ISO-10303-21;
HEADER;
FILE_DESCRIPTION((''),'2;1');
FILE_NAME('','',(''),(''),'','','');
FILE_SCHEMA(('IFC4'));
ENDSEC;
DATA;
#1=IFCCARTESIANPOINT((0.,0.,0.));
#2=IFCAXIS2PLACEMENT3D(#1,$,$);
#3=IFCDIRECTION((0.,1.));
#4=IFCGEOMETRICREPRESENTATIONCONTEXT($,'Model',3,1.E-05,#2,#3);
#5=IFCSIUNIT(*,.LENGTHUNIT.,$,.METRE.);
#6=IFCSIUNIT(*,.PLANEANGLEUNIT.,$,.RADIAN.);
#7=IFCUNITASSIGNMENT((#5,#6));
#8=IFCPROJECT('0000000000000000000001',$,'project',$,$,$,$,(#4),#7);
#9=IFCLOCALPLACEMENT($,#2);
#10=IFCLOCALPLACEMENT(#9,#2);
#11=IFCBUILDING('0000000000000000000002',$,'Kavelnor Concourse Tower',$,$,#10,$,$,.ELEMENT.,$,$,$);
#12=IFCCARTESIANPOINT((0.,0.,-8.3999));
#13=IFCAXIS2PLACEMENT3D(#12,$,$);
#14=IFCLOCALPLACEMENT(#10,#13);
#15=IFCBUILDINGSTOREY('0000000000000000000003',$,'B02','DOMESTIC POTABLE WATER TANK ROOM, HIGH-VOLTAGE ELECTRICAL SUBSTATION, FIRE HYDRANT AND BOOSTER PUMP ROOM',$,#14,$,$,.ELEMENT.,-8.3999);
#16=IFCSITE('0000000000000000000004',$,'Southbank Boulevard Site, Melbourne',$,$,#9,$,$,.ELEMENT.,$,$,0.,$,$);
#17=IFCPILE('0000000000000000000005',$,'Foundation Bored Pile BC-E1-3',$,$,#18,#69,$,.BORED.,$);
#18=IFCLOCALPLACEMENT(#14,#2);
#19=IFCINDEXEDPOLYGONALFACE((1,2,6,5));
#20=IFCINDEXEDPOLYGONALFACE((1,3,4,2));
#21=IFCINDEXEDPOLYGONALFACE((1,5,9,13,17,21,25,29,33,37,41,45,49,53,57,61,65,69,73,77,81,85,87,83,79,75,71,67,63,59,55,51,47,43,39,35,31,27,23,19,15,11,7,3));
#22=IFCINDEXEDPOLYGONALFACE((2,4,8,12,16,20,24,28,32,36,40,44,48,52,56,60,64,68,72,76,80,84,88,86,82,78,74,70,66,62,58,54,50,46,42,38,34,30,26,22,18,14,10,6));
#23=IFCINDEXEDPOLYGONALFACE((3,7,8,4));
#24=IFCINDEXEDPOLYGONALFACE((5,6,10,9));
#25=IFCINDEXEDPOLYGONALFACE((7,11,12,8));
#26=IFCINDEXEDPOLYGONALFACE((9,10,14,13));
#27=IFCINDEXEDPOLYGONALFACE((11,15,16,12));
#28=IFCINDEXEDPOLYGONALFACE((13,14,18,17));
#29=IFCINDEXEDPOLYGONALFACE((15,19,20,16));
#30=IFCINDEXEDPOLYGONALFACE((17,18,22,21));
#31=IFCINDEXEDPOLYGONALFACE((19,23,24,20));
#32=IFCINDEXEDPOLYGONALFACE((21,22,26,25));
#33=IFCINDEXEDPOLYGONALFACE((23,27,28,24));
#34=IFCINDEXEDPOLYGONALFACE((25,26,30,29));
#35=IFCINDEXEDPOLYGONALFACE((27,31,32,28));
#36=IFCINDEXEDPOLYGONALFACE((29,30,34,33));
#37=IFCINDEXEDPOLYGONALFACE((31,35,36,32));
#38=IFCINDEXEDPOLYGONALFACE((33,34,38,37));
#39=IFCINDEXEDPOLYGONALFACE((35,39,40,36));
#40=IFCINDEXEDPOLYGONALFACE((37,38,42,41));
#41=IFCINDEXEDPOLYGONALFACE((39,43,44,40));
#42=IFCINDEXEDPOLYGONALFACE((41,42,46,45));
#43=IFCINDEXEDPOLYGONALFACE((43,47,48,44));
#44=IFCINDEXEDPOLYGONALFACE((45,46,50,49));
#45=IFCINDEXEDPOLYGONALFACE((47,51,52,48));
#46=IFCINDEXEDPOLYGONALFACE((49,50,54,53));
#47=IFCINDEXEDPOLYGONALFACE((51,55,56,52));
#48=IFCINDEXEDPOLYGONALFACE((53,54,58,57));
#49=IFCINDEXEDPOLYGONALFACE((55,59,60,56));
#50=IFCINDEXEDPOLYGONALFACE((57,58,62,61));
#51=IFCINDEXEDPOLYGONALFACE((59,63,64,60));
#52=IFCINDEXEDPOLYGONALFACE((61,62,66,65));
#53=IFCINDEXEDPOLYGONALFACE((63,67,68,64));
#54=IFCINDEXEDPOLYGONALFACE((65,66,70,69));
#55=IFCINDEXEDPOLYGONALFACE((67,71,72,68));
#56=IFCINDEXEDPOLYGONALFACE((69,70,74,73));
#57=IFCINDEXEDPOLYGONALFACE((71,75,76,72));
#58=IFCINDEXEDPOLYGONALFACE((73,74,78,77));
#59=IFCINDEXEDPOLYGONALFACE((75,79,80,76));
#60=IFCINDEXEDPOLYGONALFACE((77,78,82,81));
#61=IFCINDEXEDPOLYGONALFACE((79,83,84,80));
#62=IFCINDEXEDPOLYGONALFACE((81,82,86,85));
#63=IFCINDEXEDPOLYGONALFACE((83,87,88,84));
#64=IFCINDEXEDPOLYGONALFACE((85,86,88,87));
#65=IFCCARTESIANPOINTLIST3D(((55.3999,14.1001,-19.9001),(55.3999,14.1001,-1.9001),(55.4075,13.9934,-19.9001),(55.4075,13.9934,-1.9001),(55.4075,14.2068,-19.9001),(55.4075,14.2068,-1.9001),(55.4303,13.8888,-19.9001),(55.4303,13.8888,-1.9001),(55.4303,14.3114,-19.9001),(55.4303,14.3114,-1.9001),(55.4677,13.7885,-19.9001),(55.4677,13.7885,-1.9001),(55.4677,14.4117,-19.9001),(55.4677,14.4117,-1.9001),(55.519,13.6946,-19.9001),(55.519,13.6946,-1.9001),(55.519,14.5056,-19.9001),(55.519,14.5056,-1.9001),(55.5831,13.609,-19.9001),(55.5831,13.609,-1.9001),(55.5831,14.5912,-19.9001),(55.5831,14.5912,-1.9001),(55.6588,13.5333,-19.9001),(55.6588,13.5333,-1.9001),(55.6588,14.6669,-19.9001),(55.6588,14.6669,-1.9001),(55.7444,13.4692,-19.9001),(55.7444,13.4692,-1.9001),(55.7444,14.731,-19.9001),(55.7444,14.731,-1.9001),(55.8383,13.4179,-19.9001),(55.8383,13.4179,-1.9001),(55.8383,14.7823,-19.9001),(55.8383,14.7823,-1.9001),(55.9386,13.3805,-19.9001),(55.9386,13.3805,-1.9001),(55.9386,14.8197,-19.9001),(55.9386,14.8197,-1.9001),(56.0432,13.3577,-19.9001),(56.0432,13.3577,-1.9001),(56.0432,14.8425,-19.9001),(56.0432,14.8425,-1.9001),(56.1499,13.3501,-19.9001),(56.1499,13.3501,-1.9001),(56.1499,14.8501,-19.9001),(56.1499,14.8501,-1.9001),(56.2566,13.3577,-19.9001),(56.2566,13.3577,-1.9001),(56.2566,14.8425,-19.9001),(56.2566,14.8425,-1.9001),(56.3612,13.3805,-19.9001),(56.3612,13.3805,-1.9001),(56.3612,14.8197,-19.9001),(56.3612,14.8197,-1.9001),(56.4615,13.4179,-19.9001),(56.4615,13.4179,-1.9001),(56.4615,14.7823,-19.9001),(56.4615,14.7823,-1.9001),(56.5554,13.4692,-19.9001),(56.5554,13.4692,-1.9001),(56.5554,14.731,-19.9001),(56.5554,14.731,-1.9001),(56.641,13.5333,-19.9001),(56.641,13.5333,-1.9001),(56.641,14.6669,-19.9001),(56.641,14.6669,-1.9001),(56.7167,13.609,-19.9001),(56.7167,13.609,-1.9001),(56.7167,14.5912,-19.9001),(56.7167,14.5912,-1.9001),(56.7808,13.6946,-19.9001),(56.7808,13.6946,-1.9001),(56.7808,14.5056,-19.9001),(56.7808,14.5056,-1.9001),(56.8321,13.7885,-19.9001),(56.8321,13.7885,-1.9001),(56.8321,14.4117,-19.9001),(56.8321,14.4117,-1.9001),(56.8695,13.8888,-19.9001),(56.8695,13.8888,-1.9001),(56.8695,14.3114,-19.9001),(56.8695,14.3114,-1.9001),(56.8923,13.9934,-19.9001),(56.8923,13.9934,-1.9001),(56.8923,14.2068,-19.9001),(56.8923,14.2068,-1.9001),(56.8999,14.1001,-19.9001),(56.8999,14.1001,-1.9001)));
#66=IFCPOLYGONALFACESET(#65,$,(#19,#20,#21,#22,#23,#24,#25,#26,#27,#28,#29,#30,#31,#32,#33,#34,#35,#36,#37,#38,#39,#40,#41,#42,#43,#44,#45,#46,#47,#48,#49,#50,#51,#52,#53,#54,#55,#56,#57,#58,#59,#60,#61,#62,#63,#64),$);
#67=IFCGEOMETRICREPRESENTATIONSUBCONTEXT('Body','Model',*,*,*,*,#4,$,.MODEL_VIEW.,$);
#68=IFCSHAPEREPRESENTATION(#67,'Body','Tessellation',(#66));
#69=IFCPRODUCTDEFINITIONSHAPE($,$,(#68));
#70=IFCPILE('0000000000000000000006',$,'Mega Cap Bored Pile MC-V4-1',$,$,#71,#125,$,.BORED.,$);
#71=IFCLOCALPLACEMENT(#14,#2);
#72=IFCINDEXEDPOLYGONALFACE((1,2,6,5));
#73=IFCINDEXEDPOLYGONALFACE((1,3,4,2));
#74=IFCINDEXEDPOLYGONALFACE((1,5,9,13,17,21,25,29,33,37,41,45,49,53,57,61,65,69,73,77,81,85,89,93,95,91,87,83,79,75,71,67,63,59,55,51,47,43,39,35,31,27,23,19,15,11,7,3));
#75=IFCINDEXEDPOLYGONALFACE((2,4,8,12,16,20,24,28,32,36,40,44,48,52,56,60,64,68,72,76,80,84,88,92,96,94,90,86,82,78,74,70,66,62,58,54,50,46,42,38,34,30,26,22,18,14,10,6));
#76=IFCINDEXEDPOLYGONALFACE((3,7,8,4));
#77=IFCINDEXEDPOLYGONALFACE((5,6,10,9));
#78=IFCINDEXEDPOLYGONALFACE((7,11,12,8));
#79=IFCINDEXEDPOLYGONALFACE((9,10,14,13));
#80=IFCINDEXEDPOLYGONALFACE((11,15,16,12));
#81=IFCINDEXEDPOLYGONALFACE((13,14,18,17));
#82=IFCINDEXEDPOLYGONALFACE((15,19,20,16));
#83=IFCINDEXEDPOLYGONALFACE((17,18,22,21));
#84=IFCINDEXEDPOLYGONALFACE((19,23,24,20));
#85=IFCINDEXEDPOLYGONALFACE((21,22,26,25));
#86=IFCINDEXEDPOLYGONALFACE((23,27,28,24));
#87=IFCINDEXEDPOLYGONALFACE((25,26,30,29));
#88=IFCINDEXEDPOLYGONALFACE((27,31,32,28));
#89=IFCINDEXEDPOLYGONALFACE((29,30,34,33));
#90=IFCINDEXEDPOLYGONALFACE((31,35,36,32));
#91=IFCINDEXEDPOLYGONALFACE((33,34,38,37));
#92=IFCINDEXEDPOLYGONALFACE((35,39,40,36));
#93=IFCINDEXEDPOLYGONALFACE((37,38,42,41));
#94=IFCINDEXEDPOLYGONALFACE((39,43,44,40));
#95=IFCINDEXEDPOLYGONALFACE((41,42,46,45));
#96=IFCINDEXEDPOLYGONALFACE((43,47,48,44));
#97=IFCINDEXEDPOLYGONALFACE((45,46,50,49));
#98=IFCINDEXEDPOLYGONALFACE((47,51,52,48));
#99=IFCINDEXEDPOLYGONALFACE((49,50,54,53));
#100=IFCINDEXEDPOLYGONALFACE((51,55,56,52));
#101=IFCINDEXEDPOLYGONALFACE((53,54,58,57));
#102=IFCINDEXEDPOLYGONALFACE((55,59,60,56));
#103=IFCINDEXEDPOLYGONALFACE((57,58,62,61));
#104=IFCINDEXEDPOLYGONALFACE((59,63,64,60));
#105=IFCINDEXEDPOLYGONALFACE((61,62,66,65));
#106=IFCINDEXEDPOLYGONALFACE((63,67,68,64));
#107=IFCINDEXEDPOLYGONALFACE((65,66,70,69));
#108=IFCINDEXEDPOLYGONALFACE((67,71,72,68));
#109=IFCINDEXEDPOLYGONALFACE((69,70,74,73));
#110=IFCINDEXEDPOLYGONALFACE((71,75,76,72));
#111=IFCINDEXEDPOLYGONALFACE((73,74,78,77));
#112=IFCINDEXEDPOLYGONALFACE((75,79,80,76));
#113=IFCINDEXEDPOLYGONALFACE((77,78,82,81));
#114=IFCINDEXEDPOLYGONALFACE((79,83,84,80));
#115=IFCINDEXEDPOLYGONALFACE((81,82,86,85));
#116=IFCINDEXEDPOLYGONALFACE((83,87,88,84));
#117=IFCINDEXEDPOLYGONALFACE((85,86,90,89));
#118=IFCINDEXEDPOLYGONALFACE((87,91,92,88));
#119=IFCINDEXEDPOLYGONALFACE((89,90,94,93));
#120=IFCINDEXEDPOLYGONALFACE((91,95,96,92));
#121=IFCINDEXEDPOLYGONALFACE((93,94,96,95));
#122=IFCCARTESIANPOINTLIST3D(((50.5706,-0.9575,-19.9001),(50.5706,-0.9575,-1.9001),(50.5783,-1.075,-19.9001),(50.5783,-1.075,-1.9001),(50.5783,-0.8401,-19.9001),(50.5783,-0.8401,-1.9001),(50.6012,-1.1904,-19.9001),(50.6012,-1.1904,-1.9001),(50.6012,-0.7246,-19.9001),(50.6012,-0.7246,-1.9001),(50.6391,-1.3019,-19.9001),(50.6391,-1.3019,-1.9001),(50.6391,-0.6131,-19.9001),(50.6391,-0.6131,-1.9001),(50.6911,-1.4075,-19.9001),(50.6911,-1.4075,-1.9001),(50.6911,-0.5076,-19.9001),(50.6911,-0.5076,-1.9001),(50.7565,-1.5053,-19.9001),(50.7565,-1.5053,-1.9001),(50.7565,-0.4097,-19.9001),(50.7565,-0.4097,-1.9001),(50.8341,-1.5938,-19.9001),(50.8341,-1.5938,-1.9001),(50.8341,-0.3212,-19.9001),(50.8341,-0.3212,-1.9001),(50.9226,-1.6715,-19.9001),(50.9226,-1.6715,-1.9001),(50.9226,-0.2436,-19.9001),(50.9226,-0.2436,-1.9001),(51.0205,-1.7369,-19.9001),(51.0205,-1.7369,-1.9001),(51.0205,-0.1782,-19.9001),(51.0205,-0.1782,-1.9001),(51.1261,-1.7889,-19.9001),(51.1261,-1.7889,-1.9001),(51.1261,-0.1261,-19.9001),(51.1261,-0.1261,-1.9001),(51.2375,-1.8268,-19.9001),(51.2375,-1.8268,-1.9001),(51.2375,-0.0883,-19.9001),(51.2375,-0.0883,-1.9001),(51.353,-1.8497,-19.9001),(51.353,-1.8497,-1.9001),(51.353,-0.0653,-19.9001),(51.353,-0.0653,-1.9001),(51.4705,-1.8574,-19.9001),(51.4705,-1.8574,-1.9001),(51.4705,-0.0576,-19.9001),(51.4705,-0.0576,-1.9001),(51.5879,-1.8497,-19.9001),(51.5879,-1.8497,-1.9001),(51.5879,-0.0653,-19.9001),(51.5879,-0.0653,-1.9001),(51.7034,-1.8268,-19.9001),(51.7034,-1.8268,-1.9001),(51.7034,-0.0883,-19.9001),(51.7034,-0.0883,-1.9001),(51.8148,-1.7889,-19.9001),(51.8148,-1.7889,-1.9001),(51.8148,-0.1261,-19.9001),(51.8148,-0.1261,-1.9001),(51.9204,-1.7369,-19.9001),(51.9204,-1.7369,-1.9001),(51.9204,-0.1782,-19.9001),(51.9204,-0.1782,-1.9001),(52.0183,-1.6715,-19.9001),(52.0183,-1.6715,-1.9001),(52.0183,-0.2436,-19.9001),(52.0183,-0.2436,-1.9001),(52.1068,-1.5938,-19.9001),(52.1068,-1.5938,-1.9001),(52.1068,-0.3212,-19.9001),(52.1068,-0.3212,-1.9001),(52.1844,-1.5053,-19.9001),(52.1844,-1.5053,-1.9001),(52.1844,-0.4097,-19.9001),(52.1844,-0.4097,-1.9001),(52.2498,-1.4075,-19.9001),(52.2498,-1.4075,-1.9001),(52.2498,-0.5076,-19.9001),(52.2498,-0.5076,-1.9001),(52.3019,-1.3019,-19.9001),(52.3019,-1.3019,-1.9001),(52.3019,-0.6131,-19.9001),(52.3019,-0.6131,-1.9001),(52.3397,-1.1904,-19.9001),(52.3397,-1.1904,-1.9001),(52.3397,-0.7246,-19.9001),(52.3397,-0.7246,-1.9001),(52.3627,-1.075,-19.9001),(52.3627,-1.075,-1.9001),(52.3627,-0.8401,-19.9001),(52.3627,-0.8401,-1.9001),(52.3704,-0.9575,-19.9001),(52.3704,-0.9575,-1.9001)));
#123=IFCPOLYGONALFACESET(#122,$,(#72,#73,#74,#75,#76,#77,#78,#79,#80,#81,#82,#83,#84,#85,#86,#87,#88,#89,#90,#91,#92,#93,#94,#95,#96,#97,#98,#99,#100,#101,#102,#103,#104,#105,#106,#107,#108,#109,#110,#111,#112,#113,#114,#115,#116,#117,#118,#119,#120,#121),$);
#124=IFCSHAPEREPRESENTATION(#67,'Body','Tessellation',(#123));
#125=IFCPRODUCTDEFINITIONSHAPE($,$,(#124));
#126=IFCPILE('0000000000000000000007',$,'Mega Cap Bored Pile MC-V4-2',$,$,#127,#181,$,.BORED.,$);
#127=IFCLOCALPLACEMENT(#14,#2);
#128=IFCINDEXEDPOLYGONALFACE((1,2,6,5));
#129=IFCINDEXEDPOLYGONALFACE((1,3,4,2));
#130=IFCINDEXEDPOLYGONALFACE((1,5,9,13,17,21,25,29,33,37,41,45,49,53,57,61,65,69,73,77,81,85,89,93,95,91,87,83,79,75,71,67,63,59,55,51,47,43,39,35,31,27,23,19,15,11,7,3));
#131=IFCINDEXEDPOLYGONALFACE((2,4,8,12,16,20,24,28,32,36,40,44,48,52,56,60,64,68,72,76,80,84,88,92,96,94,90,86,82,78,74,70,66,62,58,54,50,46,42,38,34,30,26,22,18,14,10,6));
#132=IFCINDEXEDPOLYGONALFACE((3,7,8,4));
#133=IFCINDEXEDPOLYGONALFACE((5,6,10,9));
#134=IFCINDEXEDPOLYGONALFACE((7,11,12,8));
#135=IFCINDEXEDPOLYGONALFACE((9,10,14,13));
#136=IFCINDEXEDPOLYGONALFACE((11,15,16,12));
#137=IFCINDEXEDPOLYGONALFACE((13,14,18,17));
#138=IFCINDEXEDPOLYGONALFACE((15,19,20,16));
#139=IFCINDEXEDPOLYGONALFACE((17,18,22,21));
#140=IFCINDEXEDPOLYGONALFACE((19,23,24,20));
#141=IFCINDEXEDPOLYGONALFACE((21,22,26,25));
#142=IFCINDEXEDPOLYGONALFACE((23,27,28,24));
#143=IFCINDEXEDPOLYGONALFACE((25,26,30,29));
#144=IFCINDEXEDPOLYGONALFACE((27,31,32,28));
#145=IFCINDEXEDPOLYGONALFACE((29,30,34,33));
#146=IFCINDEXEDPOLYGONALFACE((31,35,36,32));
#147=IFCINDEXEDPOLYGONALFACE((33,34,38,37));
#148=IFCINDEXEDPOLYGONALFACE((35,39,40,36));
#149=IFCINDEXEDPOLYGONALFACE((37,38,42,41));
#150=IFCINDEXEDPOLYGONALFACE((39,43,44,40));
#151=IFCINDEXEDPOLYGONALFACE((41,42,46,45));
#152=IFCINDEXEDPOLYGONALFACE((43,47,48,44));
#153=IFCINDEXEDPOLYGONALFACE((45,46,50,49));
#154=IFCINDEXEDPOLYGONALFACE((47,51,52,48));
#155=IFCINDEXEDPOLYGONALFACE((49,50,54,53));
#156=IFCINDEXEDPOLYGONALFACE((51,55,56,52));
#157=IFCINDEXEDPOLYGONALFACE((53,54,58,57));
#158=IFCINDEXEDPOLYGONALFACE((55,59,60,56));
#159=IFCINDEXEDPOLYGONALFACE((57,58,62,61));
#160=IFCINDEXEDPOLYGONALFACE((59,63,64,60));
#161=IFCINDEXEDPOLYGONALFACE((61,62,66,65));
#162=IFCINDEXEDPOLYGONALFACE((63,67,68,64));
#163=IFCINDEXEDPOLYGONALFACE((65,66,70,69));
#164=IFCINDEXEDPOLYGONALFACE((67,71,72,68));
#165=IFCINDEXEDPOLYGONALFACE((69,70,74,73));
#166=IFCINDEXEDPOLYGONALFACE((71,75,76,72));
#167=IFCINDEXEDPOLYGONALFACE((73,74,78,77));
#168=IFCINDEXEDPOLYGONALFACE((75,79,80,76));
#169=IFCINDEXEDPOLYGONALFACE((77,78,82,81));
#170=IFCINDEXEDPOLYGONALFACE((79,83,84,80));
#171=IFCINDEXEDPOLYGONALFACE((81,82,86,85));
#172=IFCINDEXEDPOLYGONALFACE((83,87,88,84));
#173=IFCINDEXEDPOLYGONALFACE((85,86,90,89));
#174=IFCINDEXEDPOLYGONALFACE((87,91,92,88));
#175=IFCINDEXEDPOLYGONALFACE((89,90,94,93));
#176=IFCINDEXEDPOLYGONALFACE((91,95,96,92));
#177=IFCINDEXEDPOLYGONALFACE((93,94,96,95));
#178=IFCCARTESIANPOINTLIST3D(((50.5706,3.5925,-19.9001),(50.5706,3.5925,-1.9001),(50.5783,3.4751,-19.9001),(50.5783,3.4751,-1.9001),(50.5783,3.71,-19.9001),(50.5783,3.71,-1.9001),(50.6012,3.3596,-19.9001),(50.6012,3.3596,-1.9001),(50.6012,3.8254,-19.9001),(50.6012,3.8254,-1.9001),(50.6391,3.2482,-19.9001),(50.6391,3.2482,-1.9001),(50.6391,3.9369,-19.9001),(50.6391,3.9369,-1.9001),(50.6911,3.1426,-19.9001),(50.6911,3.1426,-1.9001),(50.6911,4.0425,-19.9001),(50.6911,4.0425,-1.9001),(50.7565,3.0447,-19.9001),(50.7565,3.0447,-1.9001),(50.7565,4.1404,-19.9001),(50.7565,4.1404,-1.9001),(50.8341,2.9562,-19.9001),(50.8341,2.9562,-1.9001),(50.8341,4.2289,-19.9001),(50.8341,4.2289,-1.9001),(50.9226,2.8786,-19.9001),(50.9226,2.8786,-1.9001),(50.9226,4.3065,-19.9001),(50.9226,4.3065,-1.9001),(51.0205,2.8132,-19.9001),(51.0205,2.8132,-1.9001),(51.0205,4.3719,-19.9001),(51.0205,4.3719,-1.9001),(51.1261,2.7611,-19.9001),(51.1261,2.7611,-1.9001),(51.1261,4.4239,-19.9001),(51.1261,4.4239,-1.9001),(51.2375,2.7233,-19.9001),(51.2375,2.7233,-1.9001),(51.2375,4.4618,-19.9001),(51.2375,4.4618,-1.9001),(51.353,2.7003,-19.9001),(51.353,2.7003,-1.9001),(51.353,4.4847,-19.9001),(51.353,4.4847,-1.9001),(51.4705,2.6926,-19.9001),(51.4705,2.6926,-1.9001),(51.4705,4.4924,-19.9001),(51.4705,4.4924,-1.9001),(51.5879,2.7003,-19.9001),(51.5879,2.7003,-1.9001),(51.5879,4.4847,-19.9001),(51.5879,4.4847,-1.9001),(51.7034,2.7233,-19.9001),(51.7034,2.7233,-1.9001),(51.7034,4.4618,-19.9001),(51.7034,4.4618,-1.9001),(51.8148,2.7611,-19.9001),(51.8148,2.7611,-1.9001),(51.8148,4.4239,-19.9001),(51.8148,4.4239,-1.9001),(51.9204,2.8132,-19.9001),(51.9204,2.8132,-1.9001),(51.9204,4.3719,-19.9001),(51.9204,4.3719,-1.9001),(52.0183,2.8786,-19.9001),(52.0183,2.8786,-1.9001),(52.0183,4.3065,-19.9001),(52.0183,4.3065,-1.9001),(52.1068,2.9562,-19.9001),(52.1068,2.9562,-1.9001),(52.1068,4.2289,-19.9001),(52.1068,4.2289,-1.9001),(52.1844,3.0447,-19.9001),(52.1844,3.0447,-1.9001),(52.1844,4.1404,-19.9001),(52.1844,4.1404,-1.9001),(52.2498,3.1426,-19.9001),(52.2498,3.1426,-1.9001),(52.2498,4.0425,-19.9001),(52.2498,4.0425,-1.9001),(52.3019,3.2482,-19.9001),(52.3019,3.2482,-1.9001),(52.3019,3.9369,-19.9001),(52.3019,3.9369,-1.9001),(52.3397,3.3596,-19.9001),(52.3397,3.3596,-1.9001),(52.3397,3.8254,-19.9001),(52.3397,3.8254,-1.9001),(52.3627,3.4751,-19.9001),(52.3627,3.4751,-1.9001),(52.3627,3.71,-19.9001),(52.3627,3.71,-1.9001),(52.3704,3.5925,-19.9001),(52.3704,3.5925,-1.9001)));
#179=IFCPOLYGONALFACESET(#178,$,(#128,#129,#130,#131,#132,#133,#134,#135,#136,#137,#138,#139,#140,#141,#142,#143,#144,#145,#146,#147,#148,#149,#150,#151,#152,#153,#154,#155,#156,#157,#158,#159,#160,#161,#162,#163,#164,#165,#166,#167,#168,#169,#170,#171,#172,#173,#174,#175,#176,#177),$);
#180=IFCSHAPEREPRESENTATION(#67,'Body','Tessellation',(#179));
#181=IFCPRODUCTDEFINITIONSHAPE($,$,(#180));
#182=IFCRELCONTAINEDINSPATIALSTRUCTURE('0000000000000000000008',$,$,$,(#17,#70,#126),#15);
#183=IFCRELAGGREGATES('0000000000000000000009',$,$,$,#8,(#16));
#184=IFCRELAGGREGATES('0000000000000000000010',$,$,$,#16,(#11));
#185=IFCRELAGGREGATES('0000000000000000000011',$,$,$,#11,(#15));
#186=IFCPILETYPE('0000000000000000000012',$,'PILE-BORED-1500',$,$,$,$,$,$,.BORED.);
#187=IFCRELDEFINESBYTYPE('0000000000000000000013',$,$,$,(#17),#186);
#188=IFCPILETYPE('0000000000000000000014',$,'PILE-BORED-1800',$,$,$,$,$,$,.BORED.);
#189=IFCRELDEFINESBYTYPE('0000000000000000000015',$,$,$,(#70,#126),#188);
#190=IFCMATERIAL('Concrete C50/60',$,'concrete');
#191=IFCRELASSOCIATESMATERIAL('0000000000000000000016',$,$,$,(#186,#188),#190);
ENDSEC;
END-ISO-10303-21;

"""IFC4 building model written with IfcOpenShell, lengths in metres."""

from ifc_helpers import new_model, si_unit, direction, frame, origin, origin_2d, place, context, subcontext, project, spatial, circle, extrude, material, material_profile, profile_set, type_object, element, save


model = new_model("IFC4")

# Units and contexts
model_context = context("Model", 3, precision=1e-05, world=origin(), true_north=direction((0.0, 1.0)))
body_context = subcontext(model_context, "Body", "Model", "MODEL_VIEW")
ifc_project = project(units=[si_unit("LENGTHUNIT", "METRE"), si_unit("PLANEANGLEUNIT", "RADIAN")], contexts=[model_context])

# Site, building, storey
site_placement = place(None, origin())
site = spatial("IfcSite", under=ifc_project, at=site_placement, Name="Southbank Boulevard Site, Melbourne", CompositionType="ELEMENT", RefElevation=0.0)
building_placement = place(site_placement, origin())
building = spatial("IfcBuilding", under=site, at=building_placement, Name="Kavelnor Concourse Tower", CompositionType="ELEMENT")
storey_placement = place(building_placement, frame((0.0, 0.0, -8.3999)))
storey = spatial("IfcBuildingStorey", under=building, at=storey_placement, Name="B02", Description="DOMESTIC POTABLE WATER TANK ROOM, HIGH-VOLTAGE ELECTRICAL SUBSTATION, FIRE HYDRANT AND BOOSTER PUMP ROOM", CompositionType="ELEMENT", Elevation=-8.3999)

# Shared definitions
ifc_material_1 = material(Name="Concrete C50/60", Category="concrete")

# Piles
ifc_material_profile_1 = material_profile(ifc_material_1, circle(Radius=0.75, at=origin_2d()), Name="PILE-D1500")
ifc_profile_set_1 = profile_set([ifc_material_profile_1], Name="Concrete C50/60")
pile_type_1 = type_object("IfcPileType", Name="PILE-BORED-1500", PredefinedType="BORED", material=ifc_profile_set_1)
for number, where, z_axis, x_axis, name in (
    (1, (56.1499, 14.1001, -1.9001), (0.0, 0.0, -1.0), (1.0, 0.0, 0.0), "Foundation Bored Pile BC-E1-3"),
):
    element("IfcPile", number, at=place(storey_placement, frame(where, z_axis=z_axis, x_axis=x_axis)), inside=storey, type_object=pile_type_1, Name=name, PredefinedType="BORED", context=body_context, shape_type="SweptSolid", body=[
        extrude(circle(Radius=0.75, at=origin_2d()), origin(), (0.0, 0.0, 1.0), 18.0),
    ])
ifc_material_profile_2 = material_profile(ifc_material_1, circle(Radius=0.8999, at=origin_2d()), Name="PILE-D1800")
ifc_profile_set_2 = profile_set([ifc_material_profile_2], Name="Concrete C50/60")
pile_type_2 = type_object("IfcPileType", Name="PILE-BORED-1800", PredefinedType="BORED", material=ifc_profile_set_2)
for number, where, z_axis, x_axis, name in (
    (2, (51.4705, -0.9575, -1.9001), (0.0, 0.0, -1.0), (1.0, 0.0, 0.0), "Mega Cap Bored Pile MC-V4-1"),
    (3, (51.4705, 3.5925, -1.9001), (0.0, 0.0, -1.0), (1.0, 0.0, 0.0), "Mega Cap Bored Pile MC-V4-2"),
):
    element("IfcPile", number, at=place(storey_placement, frame(where, z_axis=z_axis, x_axis=x_axis)), inside=storey, type_object=pile_type_2, Name=name, PredefinedType="BORED", context=body_context, shape_type="SweptSolid", body=[
        extrude(circle(Radius=0.8999, at=origin_2d()), origin(), (0.0, 0.0, 1.0), 18.0),
    ])

save(model, "model.ifc")
